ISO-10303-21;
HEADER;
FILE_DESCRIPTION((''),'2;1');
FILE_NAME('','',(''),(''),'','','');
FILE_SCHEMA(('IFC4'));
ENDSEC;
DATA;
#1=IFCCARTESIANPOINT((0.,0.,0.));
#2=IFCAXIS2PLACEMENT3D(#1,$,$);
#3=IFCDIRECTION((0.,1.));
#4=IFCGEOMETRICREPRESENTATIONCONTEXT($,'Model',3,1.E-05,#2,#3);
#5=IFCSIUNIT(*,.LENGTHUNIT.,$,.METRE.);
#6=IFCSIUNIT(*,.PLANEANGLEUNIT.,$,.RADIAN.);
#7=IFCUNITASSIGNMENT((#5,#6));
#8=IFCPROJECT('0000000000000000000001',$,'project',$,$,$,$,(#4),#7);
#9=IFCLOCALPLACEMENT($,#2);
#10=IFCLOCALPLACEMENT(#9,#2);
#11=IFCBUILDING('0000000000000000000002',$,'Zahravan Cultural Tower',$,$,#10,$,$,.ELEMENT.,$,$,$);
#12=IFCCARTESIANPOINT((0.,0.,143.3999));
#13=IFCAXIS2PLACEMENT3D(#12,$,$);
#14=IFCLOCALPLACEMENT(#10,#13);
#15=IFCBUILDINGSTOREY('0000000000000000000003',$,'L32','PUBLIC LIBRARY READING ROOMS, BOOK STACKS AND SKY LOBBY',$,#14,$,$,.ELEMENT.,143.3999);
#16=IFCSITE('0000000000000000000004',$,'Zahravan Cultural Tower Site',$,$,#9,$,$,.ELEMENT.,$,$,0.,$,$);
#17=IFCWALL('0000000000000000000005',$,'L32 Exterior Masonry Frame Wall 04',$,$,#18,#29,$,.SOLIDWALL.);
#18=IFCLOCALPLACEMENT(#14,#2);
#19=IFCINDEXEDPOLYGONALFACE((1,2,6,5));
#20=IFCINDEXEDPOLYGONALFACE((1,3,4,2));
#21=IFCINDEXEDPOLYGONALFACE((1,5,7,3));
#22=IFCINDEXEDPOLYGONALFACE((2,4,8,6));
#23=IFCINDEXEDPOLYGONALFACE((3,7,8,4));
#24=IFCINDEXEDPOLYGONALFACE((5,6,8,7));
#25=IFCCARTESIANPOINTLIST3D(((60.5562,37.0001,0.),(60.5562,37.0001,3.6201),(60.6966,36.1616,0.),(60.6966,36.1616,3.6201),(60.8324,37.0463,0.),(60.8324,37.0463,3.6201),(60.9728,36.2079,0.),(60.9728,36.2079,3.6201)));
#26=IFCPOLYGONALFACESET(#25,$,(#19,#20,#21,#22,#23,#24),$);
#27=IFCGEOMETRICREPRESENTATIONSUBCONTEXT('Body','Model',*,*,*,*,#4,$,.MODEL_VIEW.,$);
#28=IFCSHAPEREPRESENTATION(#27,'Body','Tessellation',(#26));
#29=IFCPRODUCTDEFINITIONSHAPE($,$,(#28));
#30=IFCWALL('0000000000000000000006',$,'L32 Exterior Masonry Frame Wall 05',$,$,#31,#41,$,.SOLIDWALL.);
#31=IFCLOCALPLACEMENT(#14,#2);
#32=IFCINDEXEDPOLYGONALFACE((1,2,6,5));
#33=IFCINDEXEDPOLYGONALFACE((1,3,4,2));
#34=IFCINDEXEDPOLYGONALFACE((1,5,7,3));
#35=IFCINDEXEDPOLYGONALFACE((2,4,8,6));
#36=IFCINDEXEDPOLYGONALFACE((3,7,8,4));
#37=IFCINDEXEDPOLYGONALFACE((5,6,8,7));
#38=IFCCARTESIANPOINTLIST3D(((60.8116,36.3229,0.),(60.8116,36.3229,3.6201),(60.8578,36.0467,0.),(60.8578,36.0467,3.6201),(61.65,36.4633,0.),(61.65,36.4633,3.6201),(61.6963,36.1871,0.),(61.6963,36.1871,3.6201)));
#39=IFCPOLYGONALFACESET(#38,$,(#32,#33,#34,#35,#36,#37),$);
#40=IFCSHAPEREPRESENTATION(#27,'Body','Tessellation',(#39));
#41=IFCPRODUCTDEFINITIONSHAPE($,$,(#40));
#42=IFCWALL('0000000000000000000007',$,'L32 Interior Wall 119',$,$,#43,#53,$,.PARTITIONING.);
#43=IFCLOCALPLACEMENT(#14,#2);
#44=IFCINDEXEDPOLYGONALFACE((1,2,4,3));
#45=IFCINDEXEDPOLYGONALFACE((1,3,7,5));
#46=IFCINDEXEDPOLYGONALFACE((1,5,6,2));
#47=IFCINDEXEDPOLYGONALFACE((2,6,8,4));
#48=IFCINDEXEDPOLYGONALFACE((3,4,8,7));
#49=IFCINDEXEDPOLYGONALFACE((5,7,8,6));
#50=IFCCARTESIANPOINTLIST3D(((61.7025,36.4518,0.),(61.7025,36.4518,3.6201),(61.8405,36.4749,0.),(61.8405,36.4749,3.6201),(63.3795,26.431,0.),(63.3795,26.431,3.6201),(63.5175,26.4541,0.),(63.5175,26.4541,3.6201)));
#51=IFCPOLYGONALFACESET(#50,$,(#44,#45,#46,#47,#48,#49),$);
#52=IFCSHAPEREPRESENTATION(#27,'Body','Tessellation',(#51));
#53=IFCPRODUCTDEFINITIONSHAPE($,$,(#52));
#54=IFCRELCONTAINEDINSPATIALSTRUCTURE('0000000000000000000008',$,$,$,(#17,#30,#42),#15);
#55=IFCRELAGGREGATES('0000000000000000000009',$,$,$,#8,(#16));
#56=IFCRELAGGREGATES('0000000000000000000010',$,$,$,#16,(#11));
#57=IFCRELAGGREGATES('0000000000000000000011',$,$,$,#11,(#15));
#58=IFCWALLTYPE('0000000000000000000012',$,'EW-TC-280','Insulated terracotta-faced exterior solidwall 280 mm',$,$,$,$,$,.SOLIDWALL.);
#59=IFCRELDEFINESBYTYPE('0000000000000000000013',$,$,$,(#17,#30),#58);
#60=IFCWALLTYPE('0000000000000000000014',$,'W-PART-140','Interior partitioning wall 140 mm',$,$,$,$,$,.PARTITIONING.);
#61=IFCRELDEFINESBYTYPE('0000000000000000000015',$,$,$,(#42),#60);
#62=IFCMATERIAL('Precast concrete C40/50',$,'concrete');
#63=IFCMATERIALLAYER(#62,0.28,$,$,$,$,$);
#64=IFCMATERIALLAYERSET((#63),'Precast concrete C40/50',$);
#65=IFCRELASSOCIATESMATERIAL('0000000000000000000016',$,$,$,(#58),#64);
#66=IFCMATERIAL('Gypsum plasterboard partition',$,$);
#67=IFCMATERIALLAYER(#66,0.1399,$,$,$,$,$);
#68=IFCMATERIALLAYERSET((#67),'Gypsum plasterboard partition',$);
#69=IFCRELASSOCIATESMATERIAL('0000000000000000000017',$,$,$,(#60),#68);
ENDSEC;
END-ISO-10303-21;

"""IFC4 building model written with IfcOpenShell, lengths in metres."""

from ifc_helpers import new_model, si_unit, direction, frame, frame_2d, origin, place, context, subcontext, project, spatial, rectangle, extrude, source, transform, mapped, material, layer, layer_set, type_object, element, save


model = new_model("IFC4")

# Units and contexts
model_context = context("Model", 3, precision=1e-05, world=origin(), true_north=direction((0.0, 1.0)))
body_context = subcontext(model_context, "Body", "Model", "MODEL_VIEW")
ifc_project = project(units=[si_unit("LENGTHUNIT", "METRE"), si_unit("PLANEANGLEUNIT", "RADIAN")], contexts=[model_context])

# Site, building, storey
site_placement = place(None, origin())
site = spatial("IfcSite", under=ifc_project, at=site_placement, Name="Zahravan Cultural Tower Site", CompositionType="ELEMENT", RefElevation=0.0)
building_placement = place(site_placement, origin())
building = spatial("IfcBuilding", under=site, at=building_placement, Name="Zahravan Cultural Tower", CompositionType="ELEMENT")
storey_placement = place(building_placement, frame((0.0, 0.0, 143.3999)))
storey = spatial("IfcBuildingStorey", under=building, at=storey_placement, Name="L32", Description="PUBLIC LIBRARY READING ROOMS, BOOK STACKS AND SKY LOBBY", CompositionType="ELEMENT", Elevation=143.3999)

# Walls
ifc_material_1 = material(Name="Precast concrete C40/50", Category="concrete")
ifc_layer_1 = layer(ifc_material_1, 0.28)
ifc_layer_set_1 = layer_set([ifc_layer_1], Name="Precast concrete C40/50")
wall_type_1 = type_object("IfcWallType", Name="EW-TC-280", Description="Insulated terracotta-faced exterior solidwall 280 mm", PredefinedType="SOLIDWALL", material=ifc_layer_set_1)
shared_shape_1 = source(origin(), body_context, "Body", "SweptSolid", [
    extrude(rectangle(XDim=0.8501, YDim=0.28, at=frame_2d((0.425, 0.0))), origin(), (0.0, 0.0, 1.0), 3.6201),
])
for number, where, z_axis, x_axis, name in (
    (1, (60.6943, 37.0232, 0.0), (0.0, 0.0, 1.0), (0.165144, -0.986269, 0.0), "L32 Exterior Masonry Frame Wall 04"),
    (2, (60.8347, 36.1848, 0.0), (0.0, 0.0, 1.0), (0.986269, 0.165144, 0.0), "L32 Exterior Masonry Frame Wall 05"),
):
    element("IfcWall", number, at=place(storey_placement, frame(where, z_axis=z_axis, x_axis=x_axis)), inside=storey, type_object=wall_type_1, Name=name, PredefinedType="SOLIDWALL", context=body_context, shape_type="MappedRepresentation", body=[
        mapped(shared_shape_1, transform((0.0, 0.0, 0.0), x_axis=(1.0, 0.0, 0.0), y_axis=(0.0, 1.0, 0.0), z_axis=(0.0, 0.0, 1.0), scale=1.0)),
    ])
ifc_material_2 = material(Name="Gypsum plasterboard partition")
ifc_layer_2 = layer(ifc_material_2, 0.1399)
ifc_layer_set_2 = layer_set([ifc_layer_2], Name="Gypsum plasterboard partition")
wall_type_2 = type_object("IfcWallType", Name="W-PART-140", Description="Interior partitioning wall 140 mm", PredefinedType="PARTITIONING", material=ifc_layer_set_2)
shared_shape_2 = source(origin(), body_context, "Body", "SweptSolid", [
    extrude(rectangle(XDim=10.1602, YDim=0.1399, at=frame_2d((5.0801, 0.0))), origin(), (0.0, 0.0, 1.0), 3.6201),
])
wall_placement = place(storey_placement, frame((61.7715, 36.4634, 0.0), z_axis=(0.0, 0.0, 1.0), x_axis=(0.165057, -0.986284, 0.0)))
element("IfcWall", 3, at=wall_placement, inside=storey, type_object=wall_type_2, Name="L32 Interior Wall 119", PredefinedType="PARTITIONING", context=body_context, shape_type="MappedRepresentation", body=[
    mapped(shared_shape_2, transform((0.0, 0.0, 0.0), x_axis=(1.0, 0.0, 0.0), y_axis=(0.0, 1.0, 0.0), z_axis=(0.0, 0.0, 1.0), scale=1.0)),
])

save(model, "model.ifc")
